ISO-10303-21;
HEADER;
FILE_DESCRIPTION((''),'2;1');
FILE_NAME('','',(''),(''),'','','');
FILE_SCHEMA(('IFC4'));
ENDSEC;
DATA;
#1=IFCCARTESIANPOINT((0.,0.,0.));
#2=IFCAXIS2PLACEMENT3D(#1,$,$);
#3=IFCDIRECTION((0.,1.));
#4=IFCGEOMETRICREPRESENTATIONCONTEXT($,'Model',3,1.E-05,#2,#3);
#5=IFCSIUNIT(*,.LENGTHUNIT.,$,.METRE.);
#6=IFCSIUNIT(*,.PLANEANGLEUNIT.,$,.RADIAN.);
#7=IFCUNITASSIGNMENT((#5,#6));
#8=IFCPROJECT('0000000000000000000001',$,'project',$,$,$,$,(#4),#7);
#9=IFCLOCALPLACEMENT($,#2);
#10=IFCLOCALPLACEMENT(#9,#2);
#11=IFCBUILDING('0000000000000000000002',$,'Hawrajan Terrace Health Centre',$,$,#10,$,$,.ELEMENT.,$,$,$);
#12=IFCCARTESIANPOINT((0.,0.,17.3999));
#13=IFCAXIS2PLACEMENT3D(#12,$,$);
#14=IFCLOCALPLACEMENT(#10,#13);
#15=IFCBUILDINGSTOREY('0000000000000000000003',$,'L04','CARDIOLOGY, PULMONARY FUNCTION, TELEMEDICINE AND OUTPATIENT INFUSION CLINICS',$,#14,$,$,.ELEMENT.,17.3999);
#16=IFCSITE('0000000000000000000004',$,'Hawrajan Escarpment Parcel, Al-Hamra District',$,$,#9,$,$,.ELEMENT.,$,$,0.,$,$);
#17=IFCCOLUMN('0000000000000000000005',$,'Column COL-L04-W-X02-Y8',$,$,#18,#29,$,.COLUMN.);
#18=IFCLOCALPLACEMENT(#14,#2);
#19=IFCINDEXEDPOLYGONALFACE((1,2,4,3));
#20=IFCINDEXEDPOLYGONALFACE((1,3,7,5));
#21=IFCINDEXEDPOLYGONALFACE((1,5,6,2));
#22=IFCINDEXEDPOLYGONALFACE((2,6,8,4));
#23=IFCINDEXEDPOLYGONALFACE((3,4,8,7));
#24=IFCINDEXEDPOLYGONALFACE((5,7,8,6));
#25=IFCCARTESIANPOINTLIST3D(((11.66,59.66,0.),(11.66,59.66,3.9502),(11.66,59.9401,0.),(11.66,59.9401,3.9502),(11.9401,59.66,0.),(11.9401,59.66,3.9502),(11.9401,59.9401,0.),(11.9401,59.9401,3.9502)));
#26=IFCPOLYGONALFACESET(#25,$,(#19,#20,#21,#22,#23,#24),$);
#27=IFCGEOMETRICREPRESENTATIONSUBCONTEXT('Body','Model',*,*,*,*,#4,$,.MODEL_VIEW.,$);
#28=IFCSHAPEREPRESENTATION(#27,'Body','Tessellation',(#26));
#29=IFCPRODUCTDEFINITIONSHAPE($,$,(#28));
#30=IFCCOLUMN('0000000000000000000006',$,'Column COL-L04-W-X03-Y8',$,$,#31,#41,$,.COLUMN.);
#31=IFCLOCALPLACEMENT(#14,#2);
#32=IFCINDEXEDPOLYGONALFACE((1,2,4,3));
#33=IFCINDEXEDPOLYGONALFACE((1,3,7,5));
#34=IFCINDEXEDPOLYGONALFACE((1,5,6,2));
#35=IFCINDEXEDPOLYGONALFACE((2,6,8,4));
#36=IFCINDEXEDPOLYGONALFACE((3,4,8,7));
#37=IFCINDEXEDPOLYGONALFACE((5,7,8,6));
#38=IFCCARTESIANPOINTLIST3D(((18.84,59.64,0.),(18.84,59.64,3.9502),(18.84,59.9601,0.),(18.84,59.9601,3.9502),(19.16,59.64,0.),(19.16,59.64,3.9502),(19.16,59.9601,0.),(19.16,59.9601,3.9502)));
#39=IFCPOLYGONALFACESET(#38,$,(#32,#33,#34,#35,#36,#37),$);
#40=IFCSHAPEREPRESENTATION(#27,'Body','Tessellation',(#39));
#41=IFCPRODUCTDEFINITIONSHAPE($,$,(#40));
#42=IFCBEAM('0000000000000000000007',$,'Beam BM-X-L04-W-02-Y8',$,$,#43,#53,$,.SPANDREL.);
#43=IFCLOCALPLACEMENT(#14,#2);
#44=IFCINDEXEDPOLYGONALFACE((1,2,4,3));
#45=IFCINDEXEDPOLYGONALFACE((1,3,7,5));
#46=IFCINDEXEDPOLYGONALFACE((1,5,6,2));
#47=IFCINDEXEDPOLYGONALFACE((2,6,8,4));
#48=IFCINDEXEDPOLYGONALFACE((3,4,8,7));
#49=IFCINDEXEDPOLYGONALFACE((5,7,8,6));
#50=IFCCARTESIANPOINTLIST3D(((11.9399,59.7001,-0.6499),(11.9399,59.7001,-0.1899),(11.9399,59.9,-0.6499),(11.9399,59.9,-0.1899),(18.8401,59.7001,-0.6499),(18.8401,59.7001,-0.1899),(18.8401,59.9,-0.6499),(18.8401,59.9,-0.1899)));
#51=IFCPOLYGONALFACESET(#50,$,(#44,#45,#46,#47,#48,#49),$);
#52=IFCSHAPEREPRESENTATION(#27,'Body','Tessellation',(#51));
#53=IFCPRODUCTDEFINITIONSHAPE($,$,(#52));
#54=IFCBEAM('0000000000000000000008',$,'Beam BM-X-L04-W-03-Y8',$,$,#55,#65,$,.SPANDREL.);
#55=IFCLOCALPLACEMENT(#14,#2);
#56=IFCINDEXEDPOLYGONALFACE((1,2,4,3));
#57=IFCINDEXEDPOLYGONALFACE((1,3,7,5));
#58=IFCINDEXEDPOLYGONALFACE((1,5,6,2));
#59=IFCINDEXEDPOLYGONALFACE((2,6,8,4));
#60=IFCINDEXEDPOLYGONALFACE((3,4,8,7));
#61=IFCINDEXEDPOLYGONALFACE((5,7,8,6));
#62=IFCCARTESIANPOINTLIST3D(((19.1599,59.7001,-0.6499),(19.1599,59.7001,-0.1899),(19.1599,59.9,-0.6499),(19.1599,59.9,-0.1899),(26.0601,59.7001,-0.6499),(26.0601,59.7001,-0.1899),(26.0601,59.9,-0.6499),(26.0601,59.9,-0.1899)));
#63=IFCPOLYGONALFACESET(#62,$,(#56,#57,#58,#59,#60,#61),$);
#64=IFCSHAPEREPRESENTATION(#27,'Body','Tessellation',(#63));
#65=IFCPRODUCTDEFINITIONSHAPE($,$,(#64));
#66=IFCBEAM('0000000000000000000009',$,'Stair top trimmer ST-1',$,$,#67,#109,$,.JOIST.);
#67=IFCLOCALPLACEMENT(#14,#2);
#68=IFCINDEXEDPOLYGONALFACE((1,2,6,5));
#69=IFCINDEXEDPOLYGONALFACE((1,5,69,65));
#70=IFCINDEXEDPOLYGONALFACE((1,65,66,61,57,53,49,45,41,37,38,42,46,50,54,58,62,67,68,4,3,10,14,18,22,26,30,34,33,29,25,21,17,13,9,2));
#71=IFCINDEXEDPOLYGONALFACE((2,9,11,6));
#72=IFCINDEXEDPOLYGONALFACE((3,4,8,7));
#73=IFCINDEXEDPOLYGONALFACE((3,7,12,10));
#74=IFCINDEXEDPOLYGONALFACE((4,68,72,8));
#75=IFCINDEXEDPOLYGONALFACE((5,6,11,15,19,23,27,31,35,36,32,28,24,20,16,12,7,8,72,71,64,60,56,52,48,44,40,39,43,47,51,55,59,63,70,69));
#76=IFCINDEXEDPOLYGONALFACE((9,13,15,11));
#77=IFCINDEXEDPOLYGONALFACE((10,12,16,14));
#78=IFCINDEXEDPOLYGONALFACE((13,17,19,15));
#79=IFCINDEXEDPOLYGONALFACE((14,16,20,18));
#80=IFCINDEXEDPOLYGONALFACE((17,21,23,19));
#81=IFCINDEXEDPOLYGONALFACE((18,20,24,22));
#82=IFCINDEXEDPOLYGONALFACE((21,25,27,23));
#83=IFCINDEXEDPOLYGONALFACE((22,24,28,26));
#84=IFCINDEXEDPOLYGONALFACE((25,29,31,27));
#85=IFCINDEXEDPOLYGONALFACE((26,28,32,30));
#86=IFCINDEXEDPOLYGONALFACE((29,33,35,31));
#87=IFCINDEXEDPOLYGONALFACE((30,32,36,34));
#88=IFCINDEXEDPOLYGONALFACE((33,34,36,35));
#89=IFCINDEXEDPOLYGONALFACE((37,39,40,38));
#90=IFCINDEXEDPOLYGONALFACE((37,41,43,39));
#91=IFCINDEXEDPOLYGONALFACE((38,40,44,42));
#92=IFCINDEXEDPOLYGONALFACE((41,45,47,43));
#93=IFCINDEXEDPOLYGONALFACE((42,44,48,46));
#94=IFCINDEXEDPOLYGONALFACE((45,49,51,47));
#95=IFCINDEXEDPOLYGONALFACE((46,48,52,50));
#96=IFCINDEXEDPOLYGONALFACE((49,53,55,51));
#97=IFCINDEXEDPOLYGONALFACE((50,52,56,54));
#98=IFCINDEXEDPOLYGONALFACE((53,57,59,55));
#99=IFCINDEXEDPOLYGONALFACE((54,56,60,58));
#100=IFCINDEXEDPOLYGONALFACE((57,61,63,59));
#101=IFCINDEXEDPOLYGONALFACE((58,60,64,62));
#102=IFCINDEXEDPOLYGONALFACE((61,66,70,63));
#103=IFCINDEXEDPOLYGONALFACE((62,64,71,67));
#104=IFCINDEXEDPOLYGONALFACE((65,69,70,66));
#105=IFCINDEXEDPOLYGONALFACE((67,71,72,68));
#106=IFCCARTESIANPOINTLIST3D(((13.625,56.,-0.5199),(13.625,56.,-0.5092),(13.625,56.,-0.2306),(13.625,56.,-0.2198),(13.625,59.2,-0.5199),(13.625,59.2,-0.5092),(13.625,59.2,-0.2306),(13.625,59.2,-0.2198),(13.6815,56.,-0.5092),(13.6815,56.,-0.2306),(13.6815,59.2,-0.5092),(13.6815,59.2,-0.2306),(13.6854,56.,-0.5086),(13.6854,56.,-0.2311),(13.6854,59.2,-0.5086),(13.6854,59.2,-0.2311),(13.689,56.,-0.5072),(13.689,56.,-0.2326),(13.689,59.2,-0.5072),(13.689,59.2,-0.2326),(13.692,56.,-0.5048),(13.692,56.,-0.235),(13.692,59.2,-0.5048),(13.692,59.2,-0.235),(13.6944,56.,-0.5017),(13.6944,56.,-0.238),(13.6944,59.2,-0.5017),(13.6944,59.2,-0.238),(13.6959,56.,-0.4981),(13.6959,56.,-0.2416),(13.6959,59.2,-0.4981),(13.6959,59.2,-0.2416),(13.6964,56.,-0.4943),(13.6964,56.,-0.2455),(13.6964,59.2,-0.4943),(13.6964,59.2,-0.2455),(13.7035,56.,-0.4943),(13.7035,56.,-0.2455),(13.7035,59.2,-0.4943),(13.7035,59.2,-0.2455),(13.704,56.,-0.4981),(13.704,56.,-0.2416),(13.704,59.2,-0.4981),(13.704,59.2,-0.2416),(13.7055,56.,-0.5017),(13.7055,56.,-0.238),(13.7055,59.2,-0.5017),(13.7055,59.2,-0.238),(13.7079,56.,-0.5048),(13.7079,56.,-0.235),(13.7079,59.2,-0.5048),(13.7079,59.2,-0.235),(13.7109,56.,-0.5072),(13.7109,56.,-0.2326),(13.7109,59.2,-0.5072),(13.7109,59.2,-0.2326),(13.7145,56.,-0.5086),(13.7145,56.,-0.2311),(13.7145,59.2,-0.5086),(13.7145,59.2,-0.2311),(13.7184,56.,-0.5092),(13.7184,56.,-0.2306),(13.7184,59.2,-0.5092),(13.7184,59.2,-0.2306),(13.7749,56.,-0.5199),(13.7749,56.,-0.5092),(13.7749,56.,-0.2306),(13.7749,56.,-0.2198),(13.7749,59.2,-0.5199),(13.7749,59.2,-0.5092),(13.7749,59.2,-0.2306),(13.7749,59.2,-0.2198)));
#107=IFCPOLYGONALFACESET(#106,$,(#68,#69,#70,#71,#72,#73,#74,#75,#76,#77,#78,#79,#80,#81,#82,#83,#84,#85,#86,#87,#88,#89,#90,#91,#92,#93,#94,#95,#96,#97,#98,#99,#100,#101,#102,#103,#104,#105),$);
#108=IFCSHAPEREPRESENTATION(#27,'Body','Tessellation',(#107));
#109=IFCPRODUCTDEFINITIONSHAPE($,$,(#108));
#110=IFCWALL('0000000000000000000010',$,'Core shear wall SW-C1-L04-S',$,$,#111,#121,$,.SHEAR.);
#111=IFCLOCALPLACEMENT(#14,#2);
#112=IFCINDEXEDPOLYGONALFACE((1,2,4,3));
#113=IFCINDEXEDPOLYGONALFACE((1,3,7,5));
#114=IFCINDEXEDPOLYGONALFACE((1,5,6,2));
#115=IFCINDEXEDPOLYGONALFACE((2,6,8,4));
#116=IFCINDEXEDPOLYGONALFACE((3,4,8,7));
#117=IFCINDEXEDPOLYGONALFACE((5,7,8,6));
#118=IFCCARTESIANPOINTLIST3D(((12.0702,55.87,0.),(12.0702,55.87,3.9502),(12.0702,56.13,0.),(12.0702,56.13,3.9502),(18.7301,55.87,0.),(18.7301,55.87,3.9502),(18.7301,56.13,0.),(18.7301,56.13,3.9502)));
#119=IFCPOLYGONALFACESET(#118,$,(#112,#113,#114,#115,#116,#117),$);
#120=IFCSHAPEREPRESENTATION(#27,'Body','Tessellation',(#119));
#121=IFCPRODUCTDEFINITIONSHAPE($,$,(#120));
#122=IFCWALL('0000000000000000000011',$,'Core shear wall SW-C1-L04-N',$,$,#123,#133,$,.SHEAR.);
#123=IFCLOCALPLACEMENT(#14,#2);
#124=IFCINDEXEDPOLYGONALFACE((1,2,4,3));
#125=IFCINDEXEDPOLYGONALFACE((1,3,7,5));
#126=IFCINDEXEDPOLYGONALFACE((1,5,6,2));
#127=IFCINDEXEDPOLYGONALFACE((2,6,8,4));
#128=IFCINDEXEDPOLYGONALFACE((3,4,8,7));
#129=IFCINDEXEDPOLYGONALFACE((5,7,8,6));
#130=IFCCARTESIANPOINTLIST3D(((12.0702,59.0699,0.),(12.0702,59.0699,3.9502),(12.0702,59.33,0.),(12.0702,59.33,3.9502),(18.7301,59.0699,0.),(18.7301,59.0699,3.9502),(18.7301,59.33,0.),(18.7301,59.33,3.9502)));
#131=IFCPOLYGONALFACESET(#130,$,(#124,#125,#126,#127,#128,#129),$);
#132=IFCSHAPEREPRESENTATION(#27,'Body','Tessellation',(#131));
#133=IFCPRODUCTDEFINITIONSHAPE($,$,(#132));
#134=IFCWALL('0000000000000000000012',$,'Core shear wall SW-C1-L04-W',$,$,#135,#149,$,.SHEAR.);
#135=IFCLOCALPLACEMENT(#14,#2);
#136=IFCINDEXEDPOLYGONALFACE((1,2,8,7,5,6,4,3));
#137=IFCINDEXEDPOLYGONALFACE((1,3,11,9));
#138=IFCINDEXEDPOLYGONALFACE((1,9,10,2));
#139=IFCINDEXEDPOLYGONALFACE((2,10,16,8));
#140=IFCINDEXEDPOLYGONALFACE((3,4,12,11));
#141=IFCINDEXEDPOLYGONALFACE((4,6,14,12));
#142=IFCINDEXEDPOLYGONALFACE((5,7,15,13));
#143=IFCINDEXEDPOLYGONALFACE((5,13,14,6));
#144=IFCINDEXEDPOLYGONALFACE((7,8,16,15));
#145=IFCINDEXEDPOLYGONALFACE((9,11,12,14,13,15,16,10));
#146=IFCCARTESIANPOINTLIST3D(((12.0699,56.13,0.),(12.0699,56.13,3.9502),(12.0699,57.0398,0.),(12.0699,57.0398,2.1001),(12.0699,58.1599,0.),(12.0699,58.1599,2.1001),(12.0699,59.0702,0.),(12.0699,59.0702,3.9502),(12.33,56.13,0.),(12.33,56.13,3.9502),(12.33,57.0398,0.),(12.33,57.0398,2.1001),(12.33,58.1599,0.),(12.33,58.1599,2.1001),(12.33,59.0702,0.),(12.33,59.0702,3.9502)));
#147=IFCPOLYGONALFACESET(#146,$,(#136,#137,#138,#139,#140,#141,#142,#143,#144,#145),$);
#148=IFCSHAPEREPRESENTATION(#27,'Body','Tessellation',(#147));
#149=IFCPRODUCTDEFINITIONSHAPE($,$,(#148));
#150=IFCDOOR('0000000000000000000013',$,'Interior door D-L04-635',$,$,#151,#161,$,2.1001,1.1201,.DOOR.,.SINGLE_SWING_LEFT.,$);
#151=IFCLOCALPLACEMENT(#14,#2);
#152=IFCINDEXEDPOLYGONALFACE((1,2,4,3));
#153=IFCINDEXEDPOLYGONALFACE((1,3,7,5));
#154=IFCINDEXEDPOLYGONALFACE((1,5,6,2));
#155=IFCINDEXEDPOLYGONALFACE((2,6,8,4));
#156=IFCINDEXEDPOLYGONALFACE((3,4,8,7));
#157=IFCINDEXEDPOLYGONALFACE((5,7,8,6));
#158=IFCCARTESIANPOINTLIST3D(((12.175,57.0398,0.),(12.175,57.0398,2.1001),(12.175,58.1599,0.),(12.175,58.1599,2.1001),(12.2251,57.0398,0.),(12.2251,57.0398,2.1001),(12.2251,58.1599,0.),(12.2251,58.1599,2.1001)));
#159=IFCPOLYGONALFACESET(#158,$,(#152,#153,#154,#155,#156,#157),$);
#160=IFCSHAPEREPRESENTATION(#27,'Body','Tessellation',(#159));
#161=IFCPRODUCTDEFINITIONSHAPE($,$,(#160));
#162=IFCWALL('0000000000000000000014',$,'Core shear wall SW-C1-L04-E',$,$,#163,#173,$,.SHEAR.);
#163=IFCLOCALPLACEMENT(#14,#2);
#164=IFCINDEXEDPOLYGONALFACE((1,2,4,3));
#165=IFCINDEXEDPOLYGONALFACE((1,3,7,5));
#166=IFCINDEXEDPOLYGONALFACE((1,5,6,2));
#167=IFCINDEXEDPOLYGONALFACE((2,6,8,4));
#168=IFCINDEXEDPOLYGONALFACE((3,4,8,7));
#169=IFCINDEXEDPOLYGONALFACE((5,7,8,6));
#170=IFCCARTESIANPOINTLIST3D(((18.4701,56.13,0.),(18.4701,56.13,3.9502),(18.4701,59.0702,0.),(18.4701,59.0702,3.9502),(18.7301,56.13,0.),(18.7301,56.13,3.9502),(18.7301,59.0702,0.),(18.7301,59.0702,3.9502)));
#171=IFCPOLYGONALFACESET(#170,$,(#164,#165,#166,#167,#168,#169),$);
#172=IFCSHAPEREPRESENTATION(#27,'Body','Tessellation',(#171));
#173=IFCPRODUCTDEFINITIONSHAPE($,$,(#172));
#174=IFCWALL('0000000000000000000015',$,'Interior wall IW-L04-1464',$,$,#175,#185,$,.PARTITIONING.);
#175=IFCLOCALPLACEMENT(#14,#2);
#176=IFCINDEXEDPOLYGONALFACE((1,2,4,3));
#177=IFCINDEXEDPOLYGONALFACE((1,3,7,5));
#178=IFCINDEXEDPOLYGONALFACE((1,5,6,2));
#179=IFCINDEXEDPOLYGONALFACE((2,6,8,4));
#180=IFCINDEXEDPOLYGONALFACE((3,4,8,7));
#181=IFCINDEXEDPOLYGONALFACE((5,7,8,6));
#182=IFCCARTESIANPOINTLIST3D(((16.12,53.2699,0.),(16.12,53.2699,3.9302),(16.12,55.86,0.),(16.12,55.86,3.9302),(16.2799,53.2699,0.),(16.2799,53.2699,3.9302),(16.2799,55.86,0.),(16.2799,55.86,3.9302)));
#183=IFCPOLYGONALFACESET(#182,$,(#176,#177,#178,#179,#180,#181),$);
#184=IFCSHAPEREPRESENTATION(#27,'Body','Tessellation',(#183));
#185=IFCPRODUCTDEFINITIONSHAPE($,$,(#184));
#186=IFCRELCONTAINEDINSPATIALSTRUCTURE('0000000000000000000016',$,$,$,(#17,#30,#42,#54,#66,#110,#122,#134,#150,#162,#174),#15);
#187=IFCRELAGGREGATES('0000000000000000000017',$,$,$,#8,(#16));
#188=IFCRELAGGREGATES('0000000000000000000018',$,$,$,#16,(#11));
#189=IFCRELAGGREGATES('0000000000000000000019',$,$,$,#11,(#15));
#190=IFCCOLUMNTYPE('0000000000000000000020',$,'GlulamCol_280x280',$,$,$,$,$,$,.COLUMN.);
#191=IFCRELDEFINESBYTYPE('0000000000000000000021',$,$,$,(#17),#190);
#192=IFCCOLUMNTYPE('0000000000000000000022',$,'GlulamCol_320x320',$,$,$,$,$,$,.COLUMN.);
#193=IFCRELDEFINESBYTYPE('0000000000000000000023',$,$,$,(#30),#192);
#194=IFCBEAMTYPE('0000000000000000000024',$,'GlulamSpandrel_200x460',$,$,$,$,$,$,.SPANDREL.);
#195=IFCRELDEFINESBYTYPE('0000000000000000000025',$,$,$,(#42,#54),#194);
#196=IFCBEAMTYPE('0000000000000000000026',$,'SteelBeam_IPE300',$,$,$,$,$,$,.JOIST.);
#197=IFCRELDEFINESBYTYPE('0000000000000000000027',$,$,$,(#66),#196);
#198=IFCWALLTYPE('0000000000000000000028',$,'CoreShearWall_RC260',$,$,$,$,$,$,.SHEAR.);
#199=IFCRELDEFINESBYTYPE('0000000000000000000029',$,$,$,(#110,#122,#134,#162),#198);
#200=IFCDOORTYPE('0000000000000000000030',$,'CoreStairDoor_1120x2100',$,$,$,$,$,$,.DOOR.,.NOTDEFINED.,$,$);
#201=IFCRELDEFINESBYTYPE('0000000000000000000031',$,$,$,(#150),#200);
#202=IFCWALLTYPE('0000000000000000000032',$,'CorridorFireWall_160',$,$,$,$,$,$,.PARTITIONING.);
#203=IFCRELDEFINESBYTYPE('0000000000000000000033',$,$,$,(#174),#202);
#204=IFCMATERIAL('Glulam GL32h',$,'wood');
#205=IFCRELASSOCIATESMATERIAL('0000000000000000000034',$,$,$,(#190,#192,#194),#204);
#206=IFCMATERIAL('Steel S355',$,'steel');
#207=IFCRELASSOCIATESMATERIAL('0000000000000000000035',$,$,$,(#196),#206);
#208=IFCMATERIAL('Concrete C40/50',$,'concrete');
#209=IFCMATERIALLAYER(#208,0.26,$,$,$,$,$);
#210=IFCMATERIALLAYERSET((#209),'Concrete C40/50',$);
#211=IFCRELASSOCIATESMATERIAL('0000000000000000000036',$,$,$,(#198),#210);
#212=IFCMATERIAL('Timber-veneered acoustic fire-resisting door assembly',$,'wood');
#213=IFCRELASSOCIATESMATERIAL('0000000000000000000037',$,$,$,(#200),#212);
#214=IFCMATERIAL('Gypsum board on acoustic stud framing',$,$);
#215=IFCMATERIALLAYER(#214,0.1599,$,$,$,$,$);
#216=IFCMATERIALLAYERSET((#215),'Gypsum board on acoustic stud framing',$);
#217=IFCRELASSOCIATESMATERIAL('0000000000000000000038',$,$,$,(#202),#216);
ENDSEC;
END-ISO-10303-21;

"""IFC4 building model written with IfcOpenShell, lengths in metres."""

from ifc_helpers import new_model, si_unit, direction, frame, frame_2d, origin, origin_2d, place, context, subcontext, project, spatial, rectangle, i_section, extrude, material, layer, layer_set, material_profile, profile_set, type_object, element, fill, save


model = new_model("IFC4")

# Units and contexts
model_context = context("Model", 3, precision=1e-05, world=origin(), true_north=direction((0.0, 1.0)))
body_context = subcontext(model_context, "Body", "Model", "MODEL_VIEW")
ifc_project = project(units=[si_unit("LENGTHUNIT", "METRE"), si_unit("PLANEANGLEUNIT", "RADIAN")], contexts=[model_context])

# Site, building, storey
site_placement = place(None, origin())
site = spatial("IfcSite", under=ifc_project, at=site_placement, Name="Hawrajan Escarpment Parcel, Al-Hamra District", CompositionType="ELEMENT", RefElevation=0.0)
building_placement = place(site_placement, origin())
building = spatial("IfcBuilding", under=site, at=building_placement, Name="Hawrajan Terrace Health Centre", CompositionType="ELEMENT")
storey_placement = place(building_placement, frame((0.0, 0.0, 17.3999)))
storey = spatial("IfcBuildingStorey", under=building, at=storey_placement, Name="L04", Description="CARDIOLOGY, PULMONARY FUNCTION, TELEMEDICINE AND OUTPATIENT INFUSION CLINICS", CompositionType="ELEMENT", Elevation=17.3999)

# Columns
ifc_material_1 = material(Name="Glulam GL32h", Category="wood")
ifc_material_profile_1 = material_profile(ifc_material_1, rectangle(XDim=0.28, YDim=0.28, at=origin_2d()), Name="GL 280x280")
ifc_profile_set_1 = profile_set([ifc_material_profile_1], Name="Glulam GL32h")
column_type_1 = type_object("IfcColumnType", Name="GlulamCol_280x280", PredefinedType="COLUMN", material=ifc_profile_set_1)
column_1_placement = place(storey_placement, frame((11.8, 59.8, 0.0), z_axis=(0.0, 0.0, 1.0), x_axis=(1.0, 0.0, 0.0)))
element("IfcColumn", 1, at=column_1_placement, inside=storey, type_object=column_type_1, Name="Column COL-L04-W-X02-Y8", PredefinedType="COLUMN", context=body_context, shape_type="SweptSolid", body=[
    extrude(rectangle(XDim=0.28, YDim=0.28, at=origin_2d()), origin(), (0.0, 0.0, 1.0), 3.9502),
])
ifc_material_profile_2 = material_profile(ifc_material_1, rectangle(XDim=0.3201, YDim=0.3201, at=origin_2d()), Name="GL 320x320")
ifc_profile_set_2 = profile_set([ifc_material_profile_2], Name="Glulam GL32h")
column_type_2 = type_object("IfcColumnType", Name="GlulamCol_320x320", PredefinedType="COLUMN", material=ifc_profile_set_2)
column_2_placement = place(storey_placement, frame((19.0, 59.8, 0.0), z_axis=(0.0, 0.0, 1.0), x_axis=(1.0, 0.0, 0.0)))
element("IfcColumn", 2, at=column_2_placement, inside=storey, type_object=column_type_2, Name="Column COL-L04-W-X03-Y8", PredefinedType="COLUMN", context=body_context, shape_type="SweptSolid", body=[
    extrude(rectangle(XDim=0.3201, YDim=0.3201, at=origin_2d()), origin(), (0.0, 0.0, 1.0), 3.9502),
])

# Beams
ifc_material_profile_3 = material_profile(ifc_material_1, rectangle(XDim=0.2, YDim=0.46, at=origin_2d()), Name="GL SP 200x460")
ifc_profile_set_3 = profile_set([ifc_material_profile_3], Name="Glulam GL32h")
beam_type_1 = type_object("IfcBeamType", Name="GlulamSpandrel_200x460", PredefinedType="SPANDREL", material=ifc_profile_set_3)
for number, where, z_axis, x_axis, name in (
    (3, (11.9399, 59.8, -0.4199), (1.0, 0.0, 0.0), (0.0, 1.0, 0.0), "Beam BM-X-L04-W-02-Y8"),
    (4, (19.1599, 59.8, -0.4199), (1.0, 0.0, 0.0), (0.0, 1.0, 0.0), "Beam BM-X-L04-W-03-Y8"),
):
    element("IfcBeam", number, at=place(storey_placement, frame(where, z_axis=z_axis, x_axis=x_axis)), inside=storey, type_object=beam_type_1, Name=name, PredefinedType="SPANDREL", context=body_context, shape_type="SweptSolid", body=[
        extrude(rectangle(XDim=0.2, YDim=0.46, at=origin_2d()), origin(), (0.0, 0.0, 1.0), 6.9001),
    ])
ifc_material_2 = material(Name="Steel S355", Category="steel")
ifc_material_profile_4 = material_profile(ifc_material_2, i_section(OverallWidth=0.1499, OverallDepth=0.3, WebThickness=0.0071, FlangeThickness=0.0107, FilletRadius=0.0149, at=origin_2d()), Name="IPE 300")
ifc_profile_set_4 = profile_set([ifc_material_profile_4], Name="Steel S355")
beam_type_2 = type_object("IfcBeamType", Name="SteelBeam_IPE300", PredefinedType="JOIST", material=ifc_profile_set_4)
beam_placement = place(storey_placement, frame((13.7, 56.0, -0.3699), z_axis=(0.0, 1.0, 0.0), x_axis=(-1.0, 0.0, 0.0)))
element("IfcBeam", 5, at=beam_placement, inside=storey, type_object=beam_type_2, Name="Stair top trimmer ST-1", PredefinedType="JOIST", context=body_context, shape_type="SweptSolid", body=[
    extrude(i_section(OverallWidth=0.1499, OverallDepth=0.3, WebThickness=0.0071, FlangeThickness=0.0107, FilletRadius=0.0149, at=origin_2d()), origin(), (0.0, 0.0, 1.0), 3.2),
])

# Walls
ifc_material_3 = material(Name="Concrete C40/50", Category="concrete")
ifc_layer_1 = layer(ifc_material_3, 0.26)
ifc_layer_set_1 = layer_set([ifc_layer_1], Name="Concrete C40/50")
wall_type_1 = type_object("IfcWallType", Name="CoreShearWall_RC260", PredefinedType="SHEAR", material=ifc_layer_set_1)
for number, where, z_axis, x_axis, name in (
    (6, (12.0701, 56.0, 0.0), (0.0, 0.0, 1.0), (1.0, 0.0, 0.0), "Core shear wall SW-C1-L04-S"),
    (7, (12.0701, 59.2, 0.0), (0.0, 0.0, 1.0), (1.0, 0.0, 0.0), "Core shear wall SW-C1-L04-N"),
):
    element("IfcWall", number, at=place(storey_placement, frame(where, z_axis=z_axis, x_axis=x_axis)), inside=storey, type_object=wall_type_1, Name=name, PredefinedType="SHEAR", context=body_context, shape_type="SweptSolid", body=[
        extrude(rectangle(XDim=6.6599, YDim=0.26, at=frame_2d((3.3301, 0.0))), origin(), (0.0, 0.0, 1.0), 3.9502),
    ])

# Wall, opening, door
wall_1_placement = place(storey_placement, frame((12.2, 56.1299, 0.0), z_axis=(0.0, 0.0, 1.0), x_axis=(0.0, 1.0, 0.0)))
wall_1 = element("IfcWall", 8, at=wall_1_placement, inside=storey, type_object=wall_type_1, Name="Core shear wall SW-C1-L04-W", PredefinedType="SHEAR", context=body_context, shape_type="SweptSolid", body=[
    extrude(rectangle(XDim=2.9402, YDim=0.26, at=frame_2d((1.4702, 0.0))), origin(), (0.0, 0.0, 1.0), 3.9502),
])
opening_1_placement = place(wall_1_placement, frame((0.9099, 0.0, 0.0)))
opening_1 = element("IfcOpeningElement", 9, at=opening_1_placement, cuts=wall_1, PredefinedType="OPENING", context=body_context, shape_type="SweptSolid", body=[
    extrude(rectangle(XDim=1.1201, YDim=2.1001, at=frame_2d((0.5601, 1.05))), frame((0.0, 0.1399, 0.0), z_axis=(0.0, -1.0, 0.0), x_axis=(1.0, 0.0, 0.0)), (0.0, 0.0, 1.0), 0.28),
])
ifc_material_4 = material(Name="Timber-veneered acoustic fire-resisting door assembly", Category="wood")
door_type_1 = type_object("IfcDoorType", Name="CoreStairDoor_1120x2100", OperationType="NOTDEFINED", PredefinedType="DOOR", material=ifc_material_4)
door_1_placement = place(opening_1_placement, origin())
door_1 = element("IfcDoor", 10, at=door_1_placement, inside=storey, type_object=door_type_1, Name="Interior door D-L04-635", OperationType="SINGLE_SWING_LEFT", OverallHeight=2.1001, OverallWidth=1.1201, PredefinedType="DOOR", context=body_context, shape_type="SweptSolid", body=[
    extrude(rectangle(XDim=1.1201, YDim=2.1001, at=frame_2d((0.5601, 1.05))), frame((0.0, 0.0249, 0.0), z_axis=(0.0, -1.0, 0.0), x_axis=(1.0, 0.0, 0.0)), (0.0, 0.0, 1.0), 0.05),
])
fill(opening_1, door_1)

# Walls
wall_2_placement = place(storey_placement, frame((18.6001, 56.1299, 0.0), z_axis=(0.0, 0.0, 1.0), x_axis=(0.0, 1.0, 0.0)))
element("IfcWall", 11, at=wall_2_placement, inside=storey, type_object=wall_type_1, Name="Core shear wall SW-C1-L04-E", PredefinedType="SHEAR", context=body_context, shape_type="SweptSolid", body=[
    extrude(rectangle(XDim=2.9402, YDim=0.26, at=frame_2d((1.4702, 0.0))), origin(), (0.0, 0.0, 1.0), 3.9502),
])
ifc_material_5 = material(Name="Gypsum board on acoustic stud framing")
ifc_layer_2 = layer(ifc_material_5, 0.1599)
ifc_layer_set_2 = layer_set([ifc_layer_2], Name="Gypsum board on acoustic stud framing")
wall_type_2 = type_object("IfcWallType", Name="CorridorFireWall_160", PredefinedType="PARTITIONING", material=ifc_layer_set_2)
wall_3_placement = place(storey_placement, frame((16.2, 53.27, 0.0), z_axis=(0.0, 0.0, 1.0), x_axis=(0.0, 1.0, 0.0)))
element("IfcWall", 12, at=wall_3_placement, inside=storey, type_object=wall_type_2, Name="Interior wall IW-L04-1464", PredefinedType="PARTITIONING", context=body_context, shape_type="SweptSolid", body=[
    extrude(rectangle(XDim=2.5901, YDim=0.1599, at=frame_2d((1.2949, 0.0))), origin(), (0.0, 0.0, 1.0), 3.9302),
])

save(model, "model.ifc")
